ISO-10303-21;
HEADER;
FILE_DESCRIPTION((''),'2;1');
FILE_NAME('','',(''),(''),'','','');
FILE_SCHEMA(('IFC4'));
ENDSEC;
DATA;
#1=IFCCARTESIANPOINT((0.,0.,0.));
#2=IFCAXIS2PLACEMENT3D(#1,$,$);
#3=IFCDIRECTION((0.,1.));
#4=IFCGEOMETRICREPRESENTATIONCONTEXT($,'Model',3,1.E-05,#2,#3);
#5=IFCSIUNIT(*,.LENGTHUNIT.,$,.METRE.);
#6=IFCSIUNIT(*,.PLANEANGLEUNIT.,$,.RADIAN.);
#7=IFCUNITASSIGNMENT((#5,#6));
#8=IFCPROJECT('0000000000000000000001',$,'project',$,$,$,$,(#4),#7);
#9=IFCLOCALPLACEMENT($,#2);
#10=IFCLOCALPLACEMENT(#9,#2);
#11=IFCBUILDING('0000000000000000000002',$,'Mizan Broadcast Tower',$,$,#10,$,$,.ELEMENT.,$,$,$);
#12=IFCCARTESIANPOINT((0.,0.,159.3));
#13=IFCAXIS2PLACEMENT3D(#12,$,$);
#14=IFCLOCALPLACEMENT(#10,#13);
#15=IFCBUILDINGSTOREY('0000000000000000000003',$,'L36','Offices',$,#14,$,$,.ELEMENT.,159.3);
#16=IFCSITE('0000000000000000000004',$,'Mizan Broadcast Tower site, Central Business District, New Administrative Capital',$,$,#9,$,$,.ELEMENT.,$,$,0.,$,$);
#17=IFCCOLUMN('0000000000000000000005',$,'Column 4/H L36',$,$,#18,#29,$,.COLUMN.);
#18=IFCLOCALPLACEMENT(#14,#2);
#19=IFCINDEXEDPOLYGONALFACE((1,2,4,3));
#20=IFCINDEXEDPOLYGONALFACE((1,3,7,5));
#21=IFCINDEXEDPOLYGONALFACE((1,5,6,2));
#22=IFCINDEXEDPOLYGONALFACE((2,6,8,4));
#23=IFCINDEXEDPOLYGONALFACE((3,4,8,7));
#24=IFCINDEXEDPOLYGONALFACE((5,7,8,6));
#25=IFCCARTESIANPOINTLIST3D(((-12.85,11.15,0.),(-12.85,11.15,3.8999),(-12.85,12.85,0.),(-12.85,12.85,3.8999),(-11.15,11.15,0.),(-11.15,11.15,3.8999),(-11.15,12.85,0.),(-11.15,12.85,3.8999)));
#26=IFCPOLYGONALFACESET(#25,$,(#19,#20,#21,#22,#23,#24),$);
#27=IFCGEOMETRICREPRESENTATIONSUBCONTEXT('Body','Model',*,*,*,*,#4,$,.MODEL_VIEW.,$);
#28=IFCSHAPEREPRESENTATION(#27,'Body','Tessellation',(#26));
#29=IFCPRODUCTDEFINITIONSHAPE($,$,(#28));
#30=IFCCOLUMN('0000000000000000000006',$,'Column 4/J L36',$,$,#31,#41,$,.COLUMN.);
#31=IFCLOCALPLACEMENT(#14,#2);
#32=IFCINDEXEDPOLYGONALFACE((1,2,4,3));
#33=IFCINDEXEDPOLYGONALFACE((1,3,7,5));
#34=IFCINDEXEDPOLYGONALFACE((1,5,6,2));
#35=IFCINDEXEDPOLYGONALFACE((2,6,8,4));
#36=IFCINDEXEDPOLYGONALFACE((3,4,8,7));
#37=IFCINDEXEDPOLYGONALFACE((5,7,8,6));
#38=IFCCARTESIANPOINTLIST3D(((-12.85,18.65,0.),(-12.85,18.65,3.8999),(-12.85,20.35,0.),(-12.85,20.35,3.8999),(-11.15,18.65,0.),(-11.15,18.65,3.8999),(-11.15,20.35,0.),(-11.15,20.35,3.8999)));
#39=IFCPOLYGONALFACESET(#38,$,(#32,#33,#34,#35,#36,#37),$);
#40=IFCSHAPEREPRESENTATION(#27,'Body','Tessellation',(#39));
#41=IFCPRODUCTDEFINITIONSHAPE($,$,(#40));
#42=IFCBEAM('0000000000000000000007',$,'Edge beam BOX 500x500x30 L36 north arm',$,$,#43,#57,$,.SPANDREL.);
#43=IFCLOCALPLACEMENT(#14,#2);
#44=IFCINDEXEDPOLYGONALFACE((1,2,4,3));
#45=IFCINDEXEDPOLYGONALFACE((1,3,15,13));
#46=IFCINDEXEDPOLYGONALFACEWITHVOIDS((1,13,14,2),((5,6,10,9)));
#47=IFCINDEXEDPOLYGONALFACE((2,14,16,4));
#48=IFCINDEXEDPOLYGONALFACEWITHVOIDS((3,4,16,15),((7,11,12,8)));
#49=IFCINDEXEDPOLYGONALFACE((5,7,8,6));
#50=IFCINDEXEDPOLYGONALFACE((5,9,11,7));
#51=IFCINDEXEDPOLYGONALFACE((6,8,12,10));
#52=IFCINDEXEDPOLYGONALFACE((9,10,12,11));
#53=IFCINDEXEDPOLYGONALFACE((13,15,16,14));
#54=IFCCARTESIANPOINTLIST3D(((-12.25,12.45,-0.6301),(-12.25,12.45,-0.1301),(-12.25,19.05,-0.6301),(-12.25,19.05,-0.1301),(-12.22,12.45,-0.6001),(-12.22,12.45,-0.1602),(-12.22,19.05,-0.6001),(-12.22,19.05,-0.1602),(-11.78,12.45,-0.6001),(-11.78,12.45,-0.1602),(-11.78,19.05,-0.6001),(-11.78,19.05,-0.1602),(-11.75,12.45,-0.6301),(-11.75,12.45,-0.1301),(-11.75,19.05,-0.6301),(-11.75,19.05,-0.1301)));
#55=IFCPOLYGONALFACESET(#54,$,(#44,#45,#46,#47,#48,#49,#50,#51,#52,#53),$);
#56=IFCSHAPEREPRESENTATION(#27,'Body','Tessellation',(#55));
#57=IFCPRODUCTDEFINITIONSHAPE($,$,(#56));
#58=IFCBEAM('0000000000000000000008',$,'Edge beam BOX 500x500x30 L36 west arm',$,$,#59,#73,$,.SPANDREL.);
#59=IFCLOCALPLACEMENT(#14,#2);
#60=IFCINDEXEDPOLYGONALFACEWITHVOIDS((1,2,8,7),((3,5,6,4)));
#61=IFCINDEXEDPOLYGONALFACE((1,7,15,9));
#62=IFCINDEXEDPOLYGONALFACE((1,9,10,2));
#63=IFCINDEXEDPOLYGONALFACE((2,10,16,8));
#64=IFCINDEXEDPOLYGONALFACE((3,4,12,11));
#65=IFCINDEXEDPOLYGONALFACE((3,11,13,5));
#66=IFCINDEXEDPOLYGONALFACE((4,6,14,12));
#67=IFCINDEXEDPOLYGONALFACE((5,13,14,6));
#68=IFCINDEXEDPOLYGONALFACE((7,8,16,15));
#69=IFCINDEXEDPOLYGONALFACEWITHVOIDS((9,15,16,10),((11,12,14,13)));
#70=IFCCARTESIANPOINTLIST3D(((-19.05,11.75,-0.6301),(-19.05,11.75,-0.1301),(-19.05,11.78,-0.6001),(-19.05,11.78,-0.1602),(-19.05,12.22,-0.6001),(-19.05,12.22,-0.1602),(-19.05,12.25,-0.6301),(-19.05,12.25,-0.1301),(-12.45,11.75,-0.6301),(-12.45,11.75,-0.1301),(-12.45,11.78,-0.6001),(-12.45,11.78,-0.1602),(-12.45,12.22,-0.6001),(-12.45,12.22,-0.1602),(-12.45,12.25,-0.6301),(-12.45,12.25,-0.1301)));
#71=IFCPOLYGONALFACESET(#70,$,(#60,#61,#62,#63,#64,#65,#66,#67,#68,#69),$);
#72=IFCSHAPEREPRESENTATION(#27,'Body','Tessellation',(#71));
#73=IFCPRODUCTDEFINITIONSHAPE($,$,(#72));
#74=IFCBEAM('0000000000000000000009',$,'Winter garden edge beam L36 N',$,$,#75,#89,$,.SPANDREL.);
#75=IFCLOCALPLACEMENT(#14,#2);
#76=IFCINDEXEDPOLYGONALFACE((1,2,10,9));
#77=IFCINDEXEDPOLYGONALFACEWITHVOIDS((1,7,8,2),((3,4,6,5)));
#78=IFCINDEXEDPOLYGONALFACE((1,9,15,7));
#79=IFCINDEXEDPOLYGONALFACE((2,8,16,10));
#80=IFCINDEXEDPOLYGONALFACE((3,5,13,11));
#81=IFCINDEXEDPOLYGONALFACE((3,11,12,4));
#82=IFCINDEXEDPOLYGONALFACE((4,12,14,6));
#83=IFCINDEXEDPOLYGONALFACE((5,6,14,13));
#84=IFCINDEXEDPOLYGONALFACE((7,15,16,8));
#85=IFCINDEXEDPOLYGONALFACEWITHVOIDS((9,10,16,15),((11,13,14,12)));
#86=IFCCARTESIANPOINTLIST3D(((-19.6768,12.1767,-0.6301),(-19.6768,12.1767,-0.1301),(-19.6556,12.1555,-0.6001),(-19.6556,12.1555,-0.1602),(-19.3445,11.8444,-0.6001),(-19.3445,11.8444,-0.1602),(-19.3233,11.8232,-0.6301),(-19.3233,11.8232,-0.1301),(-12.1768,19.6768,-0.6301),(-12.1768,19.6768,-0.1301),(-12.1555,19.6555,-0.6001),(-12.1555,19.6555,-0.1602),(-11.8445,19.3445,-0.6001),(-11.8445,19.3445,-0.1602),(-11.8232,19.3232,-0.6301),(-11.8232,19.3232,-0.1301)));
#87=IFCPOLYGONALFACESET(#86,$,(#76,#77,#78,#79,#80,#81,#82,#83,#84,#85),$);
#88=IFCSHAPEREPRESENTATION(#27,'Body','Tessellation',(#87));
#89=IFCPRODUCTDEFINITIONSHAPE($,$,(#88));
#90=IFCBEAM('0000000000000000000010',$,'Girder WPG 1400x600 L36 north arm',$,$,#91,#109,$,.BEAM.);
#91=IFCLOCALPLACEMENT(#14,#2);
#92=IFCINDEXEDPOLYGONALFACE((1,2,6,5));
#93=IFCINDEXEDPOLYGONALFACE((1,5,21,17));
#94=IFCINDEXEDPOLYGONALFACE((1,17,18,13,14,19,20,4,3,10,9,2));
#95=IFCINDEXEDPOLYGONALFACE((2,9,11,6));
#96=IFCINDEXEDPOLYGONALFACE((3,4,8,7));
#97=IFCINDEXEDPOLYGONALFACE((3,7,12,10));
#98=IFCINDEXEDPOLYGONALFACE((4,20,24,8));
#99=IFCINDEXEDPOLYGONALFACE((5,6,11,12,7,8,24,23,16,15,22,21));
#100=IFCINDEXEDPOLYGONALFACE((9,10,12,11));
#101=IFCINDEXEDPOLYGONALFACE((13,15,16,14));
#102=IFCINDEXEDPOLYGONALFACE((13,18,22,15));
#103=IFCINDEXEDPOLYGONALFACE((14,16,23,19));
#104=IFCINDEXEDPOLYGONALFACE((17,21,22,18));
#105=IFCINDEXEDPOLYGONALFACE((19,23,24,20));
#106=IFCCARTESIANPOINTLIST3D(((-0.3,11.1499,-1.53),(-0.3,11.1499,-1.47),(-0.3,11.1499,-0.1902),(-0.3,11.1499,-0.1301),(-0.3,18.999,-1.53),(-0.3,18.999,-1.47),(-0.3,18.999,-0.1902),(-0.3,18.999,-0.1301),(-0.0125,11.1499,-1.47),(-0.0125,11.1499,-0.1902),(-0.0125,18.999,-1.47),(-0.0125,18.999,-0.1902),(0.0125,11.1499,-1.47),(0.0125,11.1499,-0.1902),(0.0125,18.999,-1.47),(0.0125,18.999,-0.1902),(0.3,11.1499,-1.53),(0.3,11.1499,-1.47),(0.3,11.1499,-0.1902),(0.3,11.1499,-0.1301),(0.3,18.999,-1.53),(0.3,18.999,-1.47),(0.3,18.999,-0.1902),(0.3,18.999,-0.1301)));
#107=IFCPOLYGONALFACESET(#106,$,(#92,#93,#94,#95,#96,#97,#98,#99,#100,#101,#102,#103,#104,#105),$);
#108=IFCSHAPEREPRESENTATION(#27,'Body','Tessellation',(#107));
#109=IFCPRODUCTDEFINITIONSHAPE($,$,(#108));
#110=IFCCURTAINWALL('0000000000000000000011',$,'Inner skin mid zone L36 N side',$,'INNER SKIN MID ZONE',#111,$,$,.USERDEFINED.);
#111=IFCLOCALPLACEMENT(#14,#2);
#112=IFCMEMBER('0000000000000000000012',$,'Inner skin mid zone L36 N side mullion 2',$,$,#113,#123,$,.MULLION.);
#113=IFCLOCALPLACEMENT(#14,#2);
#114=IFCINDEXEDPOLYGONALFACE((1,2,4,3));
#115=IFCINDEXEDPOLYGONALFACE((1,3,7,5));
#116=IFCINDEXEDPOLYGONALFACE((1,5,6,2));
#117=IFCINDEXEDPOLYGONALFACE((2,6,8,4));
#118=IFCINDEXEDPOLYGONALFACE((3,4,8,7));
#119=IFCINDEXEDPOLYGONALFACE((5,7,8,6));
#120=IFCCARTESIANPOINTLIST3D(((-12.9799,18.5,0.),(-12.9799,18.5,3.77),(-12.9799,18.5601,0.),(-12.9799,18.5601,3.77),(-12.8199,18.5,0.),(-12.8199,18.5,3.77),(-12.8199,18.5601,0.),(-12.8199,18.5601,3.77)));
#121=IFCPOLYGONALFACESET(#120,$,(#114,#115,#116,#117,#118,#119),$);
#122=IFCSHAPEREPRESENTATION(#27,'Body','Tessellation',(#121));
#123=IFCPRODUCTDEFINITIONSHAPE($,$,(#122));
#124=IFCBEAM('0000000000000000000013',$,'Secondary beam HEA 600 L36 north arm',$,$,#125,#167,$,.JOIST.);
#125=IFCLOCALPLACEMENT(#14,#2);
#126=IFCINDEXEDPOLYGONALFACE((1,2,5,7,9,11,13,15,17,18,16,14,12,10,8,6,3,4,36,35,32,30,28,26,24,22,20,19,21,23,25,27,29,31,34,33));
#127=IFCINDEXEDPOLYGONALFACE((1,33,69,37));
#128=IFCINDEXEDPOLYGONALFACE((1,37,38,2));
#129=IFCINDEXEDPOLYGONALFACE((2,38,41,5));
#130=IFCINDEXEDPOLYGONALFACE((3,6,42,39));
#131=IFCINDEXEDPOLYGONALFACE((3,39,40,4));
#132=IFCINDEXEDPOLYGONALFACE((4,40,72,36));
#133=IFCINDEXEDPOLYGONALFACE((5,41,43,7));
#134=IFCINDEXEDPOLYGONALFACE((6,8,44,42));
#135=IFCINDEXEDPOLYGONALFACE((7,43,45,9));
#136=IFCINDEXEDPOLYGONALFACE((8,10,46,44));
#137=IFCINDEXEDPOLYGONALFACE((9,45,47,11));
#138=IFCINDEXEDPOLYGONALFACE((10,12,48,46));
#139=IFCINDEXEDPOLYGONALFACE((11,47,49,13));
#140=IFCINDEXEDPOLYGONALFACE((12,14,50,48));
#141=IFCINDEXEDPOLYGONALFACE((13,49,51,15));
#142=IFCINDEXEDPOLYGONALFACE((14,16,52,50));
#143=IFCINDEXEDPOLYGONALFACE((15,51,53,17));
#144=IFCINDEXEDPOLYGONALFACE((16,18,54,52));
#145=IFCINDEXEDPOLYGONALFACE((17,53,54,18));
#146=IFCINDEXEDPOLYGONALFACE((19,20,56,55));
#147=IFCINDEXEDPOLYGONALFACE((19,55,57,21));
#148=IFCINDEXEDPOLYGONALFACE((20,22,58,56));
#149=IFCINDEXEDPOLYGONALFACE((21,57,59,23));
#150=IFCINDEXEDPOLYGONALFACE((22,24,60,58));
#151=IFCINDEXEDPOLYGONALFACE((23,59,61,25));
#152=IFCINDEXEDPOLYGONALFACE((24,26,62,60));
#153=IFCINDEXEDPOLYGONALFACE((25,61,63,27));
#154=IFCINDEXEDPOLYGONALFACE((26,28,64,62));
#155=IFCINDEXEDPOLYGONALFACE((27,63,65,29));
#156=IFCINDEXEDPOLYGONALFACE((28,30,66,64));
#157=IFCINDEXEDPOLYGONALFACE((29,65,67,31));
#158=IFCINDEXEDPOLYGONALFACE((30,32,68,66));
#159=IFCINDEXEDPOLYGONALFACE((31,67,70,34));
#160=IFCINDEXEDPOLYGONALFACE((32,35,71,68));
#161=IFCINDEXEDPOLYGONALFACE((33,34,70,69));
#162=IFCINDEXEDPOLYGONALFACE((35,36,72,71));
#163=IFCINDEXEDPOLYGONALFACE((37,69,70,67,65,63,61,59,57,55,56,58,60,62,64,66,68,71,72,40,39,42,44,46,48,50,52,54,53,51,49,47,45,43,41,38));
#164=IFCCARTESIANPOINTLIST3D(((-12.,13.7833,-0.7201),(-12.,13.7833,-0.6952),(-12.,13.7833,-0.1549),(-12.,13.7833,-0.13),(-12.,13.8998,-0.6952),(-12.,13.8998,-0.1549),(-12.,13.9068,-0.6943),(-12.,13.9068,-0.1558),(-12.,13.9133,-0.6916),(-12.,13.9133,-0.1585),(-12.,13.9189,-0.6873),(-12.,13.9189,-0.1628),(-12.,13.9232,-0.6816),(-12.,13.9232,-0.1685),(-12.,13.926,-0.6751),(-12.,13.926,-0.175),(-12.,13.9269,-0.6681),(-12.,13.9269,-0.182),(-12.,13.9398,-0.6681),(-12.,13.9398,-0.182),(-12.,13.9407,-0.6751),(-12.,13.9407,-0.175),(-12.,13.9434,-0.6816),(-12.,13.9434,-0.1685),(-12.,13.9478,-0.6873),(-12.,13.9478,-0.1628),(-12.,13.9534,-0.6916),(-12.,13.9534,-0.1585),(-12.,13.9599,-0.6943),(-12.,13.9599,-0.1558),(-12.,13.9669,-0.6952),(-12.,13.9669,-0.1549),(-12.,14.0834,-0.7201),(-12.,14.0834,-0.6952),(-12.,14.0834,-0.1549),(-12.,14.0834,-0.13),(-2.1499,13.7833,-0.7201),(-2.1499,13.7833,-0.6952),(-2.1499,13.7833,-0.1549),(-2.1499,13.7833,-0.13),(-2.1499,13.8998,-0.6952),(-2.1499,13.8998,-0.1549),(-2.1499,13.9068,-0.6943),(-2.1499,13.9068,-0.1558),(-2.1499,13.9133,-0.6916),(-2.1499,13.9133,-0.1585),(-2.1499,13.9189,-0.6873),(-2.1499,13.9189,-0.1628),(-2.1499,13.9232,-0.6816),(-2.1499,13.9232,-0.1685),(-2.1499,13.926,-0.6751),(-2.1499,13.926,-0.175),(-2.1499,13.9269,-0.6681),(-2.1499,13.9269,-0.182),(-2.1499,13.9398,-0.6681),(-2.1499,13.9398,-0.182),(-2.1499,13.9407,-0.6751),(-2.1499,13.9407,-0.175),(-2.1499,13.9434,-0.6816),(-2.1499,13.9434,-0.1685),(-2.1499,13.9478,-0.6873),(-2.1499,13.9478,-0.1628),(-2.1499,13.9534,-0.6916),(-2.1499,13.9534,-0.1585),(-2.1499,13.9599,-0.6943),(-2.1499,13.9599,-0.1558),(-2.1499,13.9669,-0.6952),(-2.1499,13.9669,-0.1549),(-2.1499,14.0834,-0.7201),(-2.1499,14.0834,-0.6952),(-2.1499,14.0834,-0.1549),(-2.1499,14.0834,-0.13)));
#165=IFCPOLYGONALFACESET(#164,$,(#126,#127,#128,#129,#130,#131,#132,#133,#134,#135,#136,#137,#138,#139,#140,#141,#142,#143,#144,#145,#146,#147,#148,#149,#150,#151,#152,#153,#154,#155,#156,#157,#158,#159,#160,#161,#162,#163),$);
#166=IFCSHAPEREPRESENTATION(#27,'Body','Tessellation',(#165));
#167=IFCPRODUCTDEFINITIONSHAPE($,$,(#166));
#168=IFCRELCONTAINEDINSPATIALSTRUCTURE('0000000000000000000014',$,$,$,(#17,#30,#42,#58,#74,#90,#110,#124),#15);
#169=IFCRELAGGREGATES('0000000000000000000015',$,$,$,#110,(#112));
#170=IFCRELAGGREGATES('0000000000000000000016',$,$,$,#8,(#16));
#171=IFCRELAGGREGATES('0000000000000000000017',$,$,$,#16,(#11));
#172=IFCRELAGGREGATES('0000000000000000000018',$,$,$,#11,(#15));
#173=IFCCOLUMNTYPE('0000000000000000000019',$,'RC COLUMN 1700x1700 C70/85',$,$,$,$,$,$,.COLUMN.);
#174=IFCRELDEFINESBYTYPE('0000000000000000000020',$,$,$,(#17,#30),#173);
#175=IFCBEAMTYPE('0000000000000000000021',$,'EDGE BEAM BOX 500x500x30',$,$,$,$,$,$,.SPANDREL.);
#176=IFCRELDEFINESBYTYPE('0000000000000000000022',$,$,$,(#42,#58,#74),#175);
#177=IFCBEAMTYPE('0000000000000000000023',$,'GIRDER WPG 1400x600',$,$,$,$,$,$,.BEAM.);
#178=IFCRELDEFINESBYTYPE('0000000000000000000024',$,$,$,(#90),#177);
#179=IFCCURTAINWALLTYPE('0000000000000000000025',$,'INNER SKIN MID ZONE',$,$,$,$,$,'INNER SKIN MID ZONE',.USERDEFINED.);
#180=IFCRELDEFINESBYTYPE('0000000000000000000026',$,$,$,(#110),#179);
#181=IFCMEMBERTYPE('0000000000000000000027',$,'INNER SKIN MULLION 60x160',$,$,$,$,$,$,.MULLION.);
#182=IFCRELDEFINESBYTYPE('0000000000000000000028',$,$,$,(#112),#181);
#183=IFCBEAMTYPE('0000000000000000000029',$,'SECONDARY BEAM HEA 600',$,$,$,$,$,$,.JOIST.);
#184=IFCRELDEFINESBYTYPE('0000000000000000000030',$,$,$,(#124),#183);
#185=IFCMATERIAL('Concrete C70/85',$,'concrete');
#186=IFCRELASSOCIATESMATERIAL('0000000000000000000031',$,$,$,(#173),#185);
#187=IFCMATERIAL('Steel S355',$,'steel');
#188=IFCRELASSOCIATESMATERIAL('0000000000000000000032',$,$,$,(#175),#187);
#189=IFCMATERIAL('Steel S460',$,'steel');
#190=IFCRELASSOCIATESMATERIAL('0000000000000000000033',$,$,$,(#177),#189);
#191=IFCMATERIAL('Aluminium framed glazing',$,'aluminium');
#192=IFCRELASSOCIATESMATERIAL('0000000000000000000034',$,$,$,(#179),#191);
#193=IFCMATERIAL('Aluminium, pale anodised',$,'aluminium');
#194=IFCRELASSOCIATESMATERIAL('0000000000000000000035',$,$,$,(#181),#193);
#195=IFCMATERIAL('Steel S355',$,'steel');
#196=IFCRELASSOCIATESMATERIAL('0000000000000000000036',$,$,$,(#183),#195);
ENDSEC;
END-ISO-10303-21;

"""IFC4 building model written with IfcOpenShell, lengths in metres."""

from ifc_helpers import new_model, si_unit, direction, frame, origin, origin_2d, place, context, subcontext, project, spatial, rectangle, hollow_rectangle, i_section, extrude, material, material_profile, profile_set, type_object, element, aggregate, save


model = new_model("IFC4")

# Units and contexts
model_context = context("Model", 3, precision=1e-05, world=origin(), true_north=direction((0.0, 1.0)))
body_context = subcontext(model_context, "Body", "Model", "MODEL_VIEW")
ifc_project = project(units=[si_unit("LENGTHUNIT", "METRE"), si_unit("PLANEANGLEUNIT", "RADIAN")], contexts=[model_context])

# Site, building, storey
site_placement = place(None, origin())
site = spatial("IfcSite", under=ifc_project, at=site_placement, Name="Mizan Broadcast Tower site, Central Business District, New Administrative Capital", CompositionType="ELEMENT", RefElevation=0.0)
building_placement = place(site_placement, origin())
building = spatial("IfcBuilding", under=site, at=building_placement, Name="Mizan Broadcast Tower", CompositionType="ELEMENT")
storey_placement = place(building_placement, frame((0.0, 0.0, 159.3)))
storey = spatial("IfcBuildingStorey", under=building, at=storey_placement, Name="L36", Description="Offices", CompositionType="ELEMENT", Elevation=159.3)

# Columns
ifc_material_1 = material(Name="Concrete C70/85", Category="concrete")
ifc_material_profile_1 = material_profile(ifc_material_1, rectangle(XDim=1.7, YDim=1.7, at=origin_2d()), Name="RC 1700x1700")
ifc_profile_set_1 = profile_set([ifc_material_profile_1], Name="Concrete C70/85")
column_type = type_object("IfcColumnType", Name="RC COLUMN 1700x1700 C70/85", PredefinedType="COLUMN", material=ifc_profile_set_1)
for number, where, z_axis, x_axis, name in (
    (1, (-12.0, 12.0, 0.0), (0.0, 0.0, 1.0), (1.0, 0.0, 0.0), "Column 4/H L36"),
    (2, (-12.0, 19.5, 0.0), (0.0, 0.0, 1.0), (1.0, 0.0, 0.0), "Column 4/J L36"),
):
    element("IfcColumn", number, at=place(storey_placement, frame(where, z_axis=z_axis, x_axis=x_axis)), inside=storey, type_object=column_type, Name=name, PredefinedType="COLUMN", context=body_context, shape_type="SweptSolid", body=[
        extrude(rectangle(XDim=1.7, YDim=1.7, at=origin_2d()), origin(), (0.0, 0.0, 1.0), 3.8999),
    ])

# Beams
ifc_material_2 = material(Name="Steel S355", Category="steel")
ifc_material_profile_2 = material_profile(ifc_material_2, hollow_rectangle(XDim=0.5, YDim=0.5, WallThickness=0.03, at=origin_2d()), Name="BOX 500x500x30")
ifc_profile_set_2 = profile_set([ifc_material_profile_2], Name="Steel S355")
beam_type_1 = type_object("IfcBeamType", Name="EDGE BEAM BOX 500x500x30", PredefinedType="SPANDREL", material=ifc_profile_set_2)
for number, where, z_axis, x_axis, name in (
    (3, (-12.0, 12.45, -0.3801), (0.0, 1.0, 0.0), (-1.0, 0.0, 0.0), "Edge beam BOX 500x500x30 L36 north arm"),
    (4, (-12.45, 12.0, -0.3801), (-1.0, 0.0, 0.0), (0.0, -1.0, 0.0), "Edge beam BOX 500x500x30 L36 west arm"),
):
    element("IfcBeam", number, at=place(storey_placement, frame(where, z_axis=z_axis, x_axis=x_axis)), inside=storey, type_object=beam_type_1, Name=name, PredefinedType="SPANDREL", context=body_context, shape_type="SweptSolid", body=[
        extrude(hollow_rectangle(XDim=0.5, YDim=0.5, WallThickness=0.03, at=origin_2d()), origin(), (0.0, 0.0, 1.0), 6.6001),
    ])
beam_1_placement = place(storey_placement, frame((-12.0, 19.5, -0.3801), z_axis=(-0.707107, -0.707107, 0.0), x_axis=(0.707107, -0.707107, 0.0)))
element("IfcBeam", 5, at=beam_1_placement, inside=storey, type_object=beam_type_1, Name="Winter garden edge beam L36 N", PredefinedType="SPANDREL", context=body_context, shape_type="SweptSolid", body=[
    extrude(hollow_rectangle(XDim=0.5, YDim=0.5, WallThickness=0.03, at=origin_2d()), origin(), (0.0, 0.0, 1.0), 10.6067),
])
ifc_material_3 = material(Name="Steel S460", Category="steel")
ifc_material_profile_3 = material_profile(ifc_material_3, i_section(OverallWidth=0.6001, OverallDepth=1.3999, WebThickness=0.0249, FlangeThickness=0.0601, at=origin_2d()), Name="WPG 1400x600")
ifc_profile_set_3 = profile_set([ifc_material_profile_3], Name="Steel S460")
beam_type_2 = type_object("IfcBeamType", Name="GIRDER WPG 1400x600", PredefinedType="BEAM", material=ifc_profile_set_3)
beam_2_placement = place(storey_placement, frame((0.0, 11.1499, -0.8301), z_axis=(0.0, 1.0, 0.0), x_axis=(-1.0, 0.0, 0.0)))
element("IfcBeam", 6, at=beam_2_placement, inside=storey, type_object=beam_type_2, Name="Girder WPG 1400x600 L36 north arm", PredefinedType="BEAM", context=body_context, shape_type="SweptSolid", body=[
    extrude(i_section(OverallWidth=0.6001, OverallDepth=1.3999, WebThickness=0.0249, FlangeThickness=0.0601, at=origin_2d()), origin(), (0.0, 0.0, 1.0), 7.8491),
])

# Curtain wall, member
ifc_material_4 = material(Name="Aluminium framed glazing", Category="aluminium")
curtain_wall_type = type_object("IfcCurtainWallType", Name="INNER SKIN MID ZONE", ElementType="INNER SKIN MID ZONE", PredefinedType="USERDEFINED", material=ifc_material_4)
curtain_wall_placement = place(storey_placement, origin())
curtain_wall = element("IfcCurtainWall", 7, at=curtain_wall_placement, inside=storey, type_object=curtain_wall_type, Name="Inner skin mid zone L36 N side", ObjectType="INNER SKIN MID ZONE", PredefinedType="USERDEFINED")
ifc_material_5 = material(Name="Aluminium, pale anodised", Category="aluminium")
ifc_material_profile_4 = material_profile(ifc_material_5, rectangle(XDim=0.1599, YDim=0.0601, at=origin_2d()), Name="MULLION 160x60")
ifc_profile_set_4 = profile_set([ifc_material_profile_4], Name="Aluminium, pale anodised")
member_type = type_object("IfcMemberType", Name="INNER SKIN MULLION 60x160", PredefinedType="MULLION", material=ifc_profile_set_4)
member_placement = place(storey_placement, frame((-12.8999, 18.53, 0.0), z_axis=(0.0, 0.0, 1.0), x_axis=(1.0, 0.0, 0.0)))
member = element("IfcMember", 8, at=member_placement, type_object=member_type, Name="Inner skin mid zone L36 N side mullion 2", PredefinedType="MULLION", context=body_context, shape_type="SweptSolid", body=[
    extrude(rectangle(XDim=0.1599, YDim=0.0601, at=origin_2d()), origin(), (0.0, 0.0, 1.0), 3.77),
])
aggregate(curtain_wall, [member])

# Beam
ifc_material_6 = material(Name="Steel S355", Category="steel")
ifc_material_profile_5 = material_profile(ifc_material_6, i_section(OverallWidth=0.3, OverallDepth=0.5901, WebThickness=0.0129, FlangeThickness=0.0249, FilletRadius=0.0271, at=origin_2d()), Name="HEA 600")
ifc_profile_set_5 = profile_set([ifc_material_profile_5], Name="Steel S355")
beam_type_3 = type_object("IfcBeamType", Name="SECONDARY BEAM HEA 600", PredefinedType="JOIST", material=ifc_profile_set_5)
for number, where, z_axis, x_axis, name in (
    (9, (-12.0, 13.9333, -0.425), (1.0, 0.0, 0.0), (0.0, 1.0, 0.0), "Secondary beam HEA 600 L36 north arm"),
):
    element("IfcBeam", number, at=place(storey_placement, frame(where, z_axis=z_axis, x_axis=x_axis)), inside=storey, type_object=beam_type_3, Name=name, PredefinedType="JOIST", context=body_context, shape_type="SweptSolid", body=[
        extrude(i_section(OverallWidth=0.3, OverallDepth=0.5901, WebThickness=0.0129, FlangeThickness=0.0249, FilletRadius=0.0271, at=origin_2d()), origin(), (0.0, 0.0, 1.0), 9.8501),
    ])

save(model, "model.ifc")
